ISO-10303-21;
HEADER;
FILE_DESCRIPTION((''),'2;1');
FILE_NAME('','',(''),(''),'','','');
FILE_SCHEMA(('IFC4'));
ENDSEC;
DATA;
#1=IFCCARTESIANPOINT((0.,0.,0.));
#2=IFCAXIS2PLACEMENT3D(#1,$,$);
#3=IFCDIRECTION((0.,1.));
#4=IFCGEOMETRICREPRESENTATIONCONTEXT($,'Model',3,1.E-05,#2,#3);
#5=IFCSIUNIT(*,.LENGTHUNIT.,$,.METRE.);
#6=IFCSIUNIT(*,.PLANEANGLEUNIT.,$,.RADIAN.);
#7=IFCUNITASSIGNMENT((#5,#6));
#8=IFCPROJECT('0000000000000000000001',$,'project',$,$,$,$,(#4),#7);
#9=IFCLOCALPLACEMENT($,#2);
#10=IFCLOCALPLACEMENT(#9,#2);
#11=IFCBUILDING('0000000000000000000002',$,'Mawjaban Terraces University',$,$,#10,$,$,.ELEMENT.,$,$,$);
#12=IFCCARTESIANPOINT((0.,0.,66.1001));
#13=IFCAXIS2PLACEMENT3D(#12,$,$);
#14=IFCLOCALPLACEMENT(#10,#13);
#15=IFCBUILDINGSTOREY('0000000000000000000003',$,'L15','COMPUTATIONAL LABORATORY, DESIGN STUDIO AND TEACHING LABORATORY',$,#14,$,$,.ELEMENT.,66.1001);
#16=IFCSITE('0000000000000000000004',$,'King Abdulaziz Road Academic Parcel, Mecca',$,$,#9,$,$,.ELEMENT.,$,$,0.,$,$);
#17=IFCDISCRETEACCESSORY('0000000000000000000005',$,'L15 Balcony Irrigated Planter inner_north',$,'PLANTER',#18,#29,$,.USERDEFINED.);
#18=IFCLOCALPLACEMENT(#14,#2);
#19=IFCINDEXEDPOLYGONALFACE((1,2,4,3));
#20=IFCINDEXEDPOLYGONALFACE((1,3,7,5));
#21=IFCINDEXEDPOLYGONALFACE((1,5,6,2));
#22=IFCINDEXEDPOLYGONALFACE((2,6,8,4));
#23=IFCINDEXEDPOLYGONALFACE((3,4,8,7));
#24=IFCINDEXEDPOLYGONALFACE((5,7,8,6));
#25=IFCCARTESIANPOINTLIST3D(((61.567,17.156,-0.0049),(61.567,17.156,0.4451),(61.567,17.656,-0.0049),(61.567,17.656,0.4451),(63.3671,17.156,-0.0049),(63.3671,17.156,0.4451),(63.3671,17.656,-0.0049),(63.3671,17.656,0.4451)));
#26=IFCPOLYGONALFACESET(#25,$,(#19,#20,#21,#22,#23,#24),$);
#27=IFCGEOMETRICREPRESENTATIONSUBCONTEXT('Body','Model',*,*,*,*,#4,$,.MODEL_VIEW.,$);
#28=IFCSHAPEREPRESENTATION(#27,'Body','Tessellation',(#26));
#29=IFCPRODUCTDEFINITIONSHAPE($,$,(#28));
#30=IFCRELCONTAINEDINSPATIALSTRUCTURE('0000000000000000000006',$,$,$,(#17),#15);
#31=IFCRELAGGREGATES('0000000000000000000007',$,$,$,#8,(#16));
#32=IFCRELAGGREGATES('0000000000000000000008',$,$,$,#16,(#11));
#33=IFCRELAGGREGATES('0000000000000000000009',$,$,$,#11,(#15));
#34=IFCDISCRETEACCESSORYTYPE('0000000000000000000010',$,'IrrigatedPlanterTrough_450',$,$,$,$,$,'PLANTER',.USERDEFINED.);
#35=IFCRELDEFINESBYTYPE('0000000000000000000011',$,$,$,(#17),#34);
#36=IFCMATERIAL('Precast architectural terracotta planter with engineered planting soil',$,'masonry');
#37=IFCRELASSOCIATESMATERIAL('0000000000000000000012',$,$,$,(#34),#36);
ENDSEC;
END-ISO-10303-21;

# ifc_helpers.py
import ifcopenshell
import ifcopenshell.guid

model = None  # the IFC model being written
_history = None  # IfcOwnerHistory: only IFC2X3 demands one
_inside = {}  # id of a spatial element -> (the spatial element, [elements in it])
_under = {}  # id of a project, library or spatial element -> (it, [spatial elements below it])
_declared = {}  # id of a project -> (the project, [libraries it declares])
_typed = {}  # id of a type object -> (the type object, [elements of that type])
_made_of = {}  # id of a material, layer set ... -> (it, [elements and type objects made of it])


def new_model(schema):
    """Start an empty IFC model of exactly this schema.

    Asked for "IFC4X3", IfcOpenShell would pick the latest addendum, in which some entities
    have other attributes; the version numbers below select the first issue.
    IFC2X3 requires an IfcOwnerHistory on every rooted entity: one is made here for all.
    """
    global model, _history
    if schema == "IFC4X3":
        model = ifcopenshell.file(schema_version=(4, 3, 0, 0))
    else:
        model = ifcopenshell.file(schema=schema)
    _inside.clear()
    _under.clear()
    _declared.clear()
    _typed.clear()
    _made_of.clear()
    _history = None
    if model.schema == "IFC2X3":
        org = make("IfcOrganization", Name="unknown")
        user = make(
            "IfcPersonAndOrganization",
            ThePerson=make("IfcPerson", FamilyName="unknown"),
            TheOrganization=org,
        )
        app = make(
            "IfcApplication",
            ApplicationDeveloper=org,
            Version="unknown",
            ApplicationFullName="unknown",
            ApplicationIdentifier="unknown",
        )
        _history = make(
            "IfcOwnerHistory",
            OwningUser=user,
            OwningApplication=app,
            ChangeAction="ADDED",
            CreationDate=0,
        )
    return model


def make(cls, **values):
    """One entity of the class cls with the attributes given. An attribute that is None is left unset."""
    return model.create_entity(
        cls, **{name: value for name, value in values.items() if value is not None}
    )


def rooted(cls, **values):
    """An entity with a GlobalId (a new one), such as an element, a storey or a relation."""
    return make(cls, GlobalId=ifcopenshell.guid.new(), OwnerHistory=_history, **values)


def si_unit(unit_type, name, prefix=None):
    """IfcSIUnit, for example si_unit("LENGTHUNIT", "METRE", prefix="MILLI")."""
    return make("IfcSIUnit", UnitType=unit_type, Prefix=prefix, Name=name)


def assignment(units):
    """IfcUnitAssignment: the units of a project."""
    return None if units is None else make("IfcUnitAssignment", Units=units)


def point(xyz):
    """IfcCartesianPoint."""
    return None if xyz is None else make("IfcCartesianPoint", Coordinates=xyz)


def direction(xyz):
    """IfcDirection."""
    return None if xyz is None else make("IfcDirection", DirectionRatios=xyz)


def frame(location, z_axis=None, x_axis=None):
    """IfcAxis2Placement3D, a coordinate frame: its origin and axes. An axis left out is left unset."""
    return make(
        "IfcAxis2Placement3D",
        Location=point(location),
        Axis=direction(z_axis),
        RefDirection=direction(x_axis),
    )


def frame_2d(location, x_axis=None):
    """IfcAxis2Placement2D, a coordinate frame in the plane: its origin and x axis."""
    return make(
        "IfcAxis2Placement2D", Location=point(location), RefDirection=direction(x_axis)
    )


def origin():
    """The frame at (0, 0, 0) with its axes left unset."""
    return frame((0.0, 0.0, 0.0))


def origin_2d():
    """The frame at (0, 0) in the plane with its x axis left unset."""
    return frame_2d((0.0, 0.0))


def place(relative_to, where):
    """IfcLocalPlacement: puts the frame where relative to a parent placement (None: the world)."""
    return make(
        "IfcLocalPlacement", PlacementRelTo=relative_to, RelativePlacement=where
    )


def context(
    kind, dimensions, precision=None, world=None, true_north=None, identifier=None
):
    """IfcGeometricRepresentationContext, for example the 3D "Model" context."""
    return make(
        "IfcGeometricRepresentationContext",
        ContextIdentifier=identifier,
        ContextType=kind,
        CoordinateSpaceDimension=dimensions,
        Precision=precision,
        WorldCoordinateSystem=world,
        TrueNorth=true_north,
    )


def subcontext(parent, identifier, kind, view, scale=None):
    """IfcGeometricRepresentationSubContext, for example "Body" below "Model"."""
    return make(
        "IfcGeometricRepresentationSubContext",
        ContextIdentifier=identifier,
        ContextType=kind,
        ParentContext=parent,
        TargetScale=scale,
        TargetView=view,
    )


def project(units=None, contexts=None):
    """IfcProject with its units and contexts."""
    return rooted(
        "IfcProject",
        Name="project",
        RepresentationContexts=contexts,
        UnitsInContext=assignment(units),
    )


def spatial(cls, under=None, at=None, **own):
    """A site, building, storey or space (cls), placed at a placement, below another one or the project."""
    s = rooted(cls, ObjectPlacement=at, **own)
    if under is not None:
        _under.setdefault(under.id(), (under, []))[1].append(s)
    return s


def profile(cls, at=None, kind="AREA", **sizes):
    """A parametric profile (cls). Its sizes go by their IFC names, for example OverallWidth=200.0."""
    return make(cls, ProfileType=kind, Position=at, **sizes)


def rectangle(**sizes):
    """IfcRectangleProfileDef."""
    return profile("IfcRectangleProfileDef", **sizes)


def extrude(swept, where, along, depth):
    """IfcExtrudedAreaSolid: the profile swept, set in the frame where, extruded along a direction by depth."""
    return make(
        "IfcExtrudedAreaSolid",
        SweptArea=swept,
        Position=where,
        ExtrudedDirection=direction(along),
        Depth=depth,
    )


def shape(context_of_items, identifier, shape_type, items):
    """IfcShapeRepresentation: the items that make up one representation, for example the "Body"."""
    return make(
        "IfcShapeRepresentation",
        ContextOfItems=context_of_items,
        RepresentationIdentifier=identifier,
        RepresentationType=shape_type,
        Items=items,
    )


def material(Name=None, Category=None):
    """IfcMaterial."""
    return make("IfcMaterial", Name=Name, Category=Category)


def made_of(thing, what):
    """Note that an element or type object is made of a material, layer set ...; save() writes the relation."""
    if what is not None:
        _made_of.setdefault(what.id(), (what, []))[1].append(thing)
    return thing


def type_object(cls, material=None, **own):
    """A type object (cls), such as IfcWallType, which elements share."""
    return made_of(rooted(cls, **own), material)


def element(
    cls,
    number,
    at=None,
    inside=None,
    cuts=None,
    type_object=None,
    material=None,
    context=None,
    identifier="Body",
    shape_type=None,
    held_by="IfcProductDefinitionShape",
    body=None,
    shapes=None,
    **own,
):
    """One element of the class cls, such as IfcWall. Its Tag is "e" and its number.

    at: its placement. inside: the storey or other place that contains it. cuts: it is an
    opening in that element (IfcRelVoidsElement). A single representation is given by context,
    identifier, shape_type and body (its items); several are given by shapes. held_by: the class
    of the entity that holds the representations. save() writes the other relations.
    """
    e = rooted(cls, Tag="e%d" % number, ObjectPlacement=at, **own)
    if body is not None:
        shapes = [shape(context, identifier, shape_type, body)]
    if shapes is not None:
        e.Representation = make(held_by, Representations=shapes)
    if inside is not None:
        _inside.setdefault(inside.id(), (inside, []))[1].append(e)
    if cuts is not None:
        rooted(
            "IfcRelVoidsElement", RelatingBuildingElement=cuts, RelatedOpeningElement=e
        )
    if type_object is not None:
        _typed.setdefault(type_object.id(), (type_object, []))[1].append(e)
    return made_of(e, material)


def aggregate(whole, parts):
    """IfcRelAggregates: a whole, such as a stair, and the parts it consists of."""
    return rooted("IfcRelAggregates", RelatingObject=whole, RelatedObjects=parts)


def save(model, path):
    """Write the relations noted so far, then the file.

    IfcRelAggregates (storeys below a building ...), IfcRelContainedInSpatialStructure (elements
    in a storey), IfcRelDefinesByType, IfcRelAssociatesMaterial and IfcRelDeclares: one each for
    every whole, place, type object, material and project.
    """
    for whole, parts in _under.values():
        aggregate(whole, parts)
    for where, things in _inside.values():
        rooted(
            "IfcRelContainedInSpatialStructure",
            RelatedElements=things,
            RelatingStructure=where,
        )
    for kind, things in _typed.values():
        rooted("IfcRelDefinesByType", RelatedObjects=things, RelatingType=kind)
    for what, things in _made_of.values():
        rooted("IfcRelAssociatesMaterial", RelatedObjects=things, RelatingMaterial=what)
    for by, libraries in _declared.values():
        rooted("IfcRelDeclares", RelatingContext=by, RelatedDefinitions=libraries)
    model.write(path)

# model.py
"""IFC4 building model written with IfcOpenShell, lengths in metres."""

from ifc_helpers import new_model, si_unit, direction, frame, origin, origin_2d, place, context, subcontext, project, spatial, rectangle, extrude, material, type_object, element, save


model = new_model("IFC4")

# Units and contexts
model_context = context("Model", 3, precision=1e-05, world=origin(), true_north=direction((0.0, 1.0)))
body_context = subcontext(model_context, "Body", "Model", "MODEL_VIEW")
ifc_project = project(units=[si_unit("LENGTHUNIT", "METRE"), si_unit("PLANEANGLEUNIT", "RADIAN")], contexts=[model_context])

# Site, building, storey
site_placement = place(None, origin())
site = spatial("IfcSite", under=ifc_project, at=site_placement, Name="King Abdulaziz Road Academic Parcel, Mecca", CompositionType="ELEMENT", RefElevation=0.0)
building_placement = place(site_placement, origin())
building = spatial("IfcBuilding", under=site, at=building_placement, Name="Mawjaban Terraces University", CompositionType="ELEMENT")
storey_placement = place(building_placement, frame((0.0, 0.0, 66.1001)))
storey = spatial("IfcBuildingStorey", under=building, at=storey_placement, Name="L15", Description="COMPUTATIONAL LABORATORY, DESIGN STUDIO AND TEACHING LABORATORY", CompositionType="ELEMENT", Elevation=66.1001)

# Discrete accessory
ifc_material_1 = material(Name="Precast architectural terracotta planter with engineered planting soil", Category="masonry")
discrete_accessory_type_1 = type_object("IfcDiscreteAccessoryType", Name="IrrigatedPlanterTrough_450", ElementType="PLANTER", PredefinedType="USERDEFINED", material=ifc_material_1)
discrete_accessory_1_placement = place(storey_placement, frame((62.467, 17.406, -0.0049), z_axis=(0.0, 0.0, 1.0), x_axis=(1.0, 0.0, 0.0)))
element("IfcDiscreteAccessory", 1, at=discrete_accessory_1_placement, inside=storey, type_object=discrete_accessory_type_1, Name="L15 Balcony Irrigated Planter inner_north", ObjectType="PLANTER", PredefinedType="USERDEFINED", context=body_context, shape_type="SweptSolid", body=[
    extrude(rectangle(XDim=1.8, YDim=0.5, at=origin_2d()), origin(), (0.0, 0.0, 1.0), 0.45),
])

save(model, "model.ifc")
